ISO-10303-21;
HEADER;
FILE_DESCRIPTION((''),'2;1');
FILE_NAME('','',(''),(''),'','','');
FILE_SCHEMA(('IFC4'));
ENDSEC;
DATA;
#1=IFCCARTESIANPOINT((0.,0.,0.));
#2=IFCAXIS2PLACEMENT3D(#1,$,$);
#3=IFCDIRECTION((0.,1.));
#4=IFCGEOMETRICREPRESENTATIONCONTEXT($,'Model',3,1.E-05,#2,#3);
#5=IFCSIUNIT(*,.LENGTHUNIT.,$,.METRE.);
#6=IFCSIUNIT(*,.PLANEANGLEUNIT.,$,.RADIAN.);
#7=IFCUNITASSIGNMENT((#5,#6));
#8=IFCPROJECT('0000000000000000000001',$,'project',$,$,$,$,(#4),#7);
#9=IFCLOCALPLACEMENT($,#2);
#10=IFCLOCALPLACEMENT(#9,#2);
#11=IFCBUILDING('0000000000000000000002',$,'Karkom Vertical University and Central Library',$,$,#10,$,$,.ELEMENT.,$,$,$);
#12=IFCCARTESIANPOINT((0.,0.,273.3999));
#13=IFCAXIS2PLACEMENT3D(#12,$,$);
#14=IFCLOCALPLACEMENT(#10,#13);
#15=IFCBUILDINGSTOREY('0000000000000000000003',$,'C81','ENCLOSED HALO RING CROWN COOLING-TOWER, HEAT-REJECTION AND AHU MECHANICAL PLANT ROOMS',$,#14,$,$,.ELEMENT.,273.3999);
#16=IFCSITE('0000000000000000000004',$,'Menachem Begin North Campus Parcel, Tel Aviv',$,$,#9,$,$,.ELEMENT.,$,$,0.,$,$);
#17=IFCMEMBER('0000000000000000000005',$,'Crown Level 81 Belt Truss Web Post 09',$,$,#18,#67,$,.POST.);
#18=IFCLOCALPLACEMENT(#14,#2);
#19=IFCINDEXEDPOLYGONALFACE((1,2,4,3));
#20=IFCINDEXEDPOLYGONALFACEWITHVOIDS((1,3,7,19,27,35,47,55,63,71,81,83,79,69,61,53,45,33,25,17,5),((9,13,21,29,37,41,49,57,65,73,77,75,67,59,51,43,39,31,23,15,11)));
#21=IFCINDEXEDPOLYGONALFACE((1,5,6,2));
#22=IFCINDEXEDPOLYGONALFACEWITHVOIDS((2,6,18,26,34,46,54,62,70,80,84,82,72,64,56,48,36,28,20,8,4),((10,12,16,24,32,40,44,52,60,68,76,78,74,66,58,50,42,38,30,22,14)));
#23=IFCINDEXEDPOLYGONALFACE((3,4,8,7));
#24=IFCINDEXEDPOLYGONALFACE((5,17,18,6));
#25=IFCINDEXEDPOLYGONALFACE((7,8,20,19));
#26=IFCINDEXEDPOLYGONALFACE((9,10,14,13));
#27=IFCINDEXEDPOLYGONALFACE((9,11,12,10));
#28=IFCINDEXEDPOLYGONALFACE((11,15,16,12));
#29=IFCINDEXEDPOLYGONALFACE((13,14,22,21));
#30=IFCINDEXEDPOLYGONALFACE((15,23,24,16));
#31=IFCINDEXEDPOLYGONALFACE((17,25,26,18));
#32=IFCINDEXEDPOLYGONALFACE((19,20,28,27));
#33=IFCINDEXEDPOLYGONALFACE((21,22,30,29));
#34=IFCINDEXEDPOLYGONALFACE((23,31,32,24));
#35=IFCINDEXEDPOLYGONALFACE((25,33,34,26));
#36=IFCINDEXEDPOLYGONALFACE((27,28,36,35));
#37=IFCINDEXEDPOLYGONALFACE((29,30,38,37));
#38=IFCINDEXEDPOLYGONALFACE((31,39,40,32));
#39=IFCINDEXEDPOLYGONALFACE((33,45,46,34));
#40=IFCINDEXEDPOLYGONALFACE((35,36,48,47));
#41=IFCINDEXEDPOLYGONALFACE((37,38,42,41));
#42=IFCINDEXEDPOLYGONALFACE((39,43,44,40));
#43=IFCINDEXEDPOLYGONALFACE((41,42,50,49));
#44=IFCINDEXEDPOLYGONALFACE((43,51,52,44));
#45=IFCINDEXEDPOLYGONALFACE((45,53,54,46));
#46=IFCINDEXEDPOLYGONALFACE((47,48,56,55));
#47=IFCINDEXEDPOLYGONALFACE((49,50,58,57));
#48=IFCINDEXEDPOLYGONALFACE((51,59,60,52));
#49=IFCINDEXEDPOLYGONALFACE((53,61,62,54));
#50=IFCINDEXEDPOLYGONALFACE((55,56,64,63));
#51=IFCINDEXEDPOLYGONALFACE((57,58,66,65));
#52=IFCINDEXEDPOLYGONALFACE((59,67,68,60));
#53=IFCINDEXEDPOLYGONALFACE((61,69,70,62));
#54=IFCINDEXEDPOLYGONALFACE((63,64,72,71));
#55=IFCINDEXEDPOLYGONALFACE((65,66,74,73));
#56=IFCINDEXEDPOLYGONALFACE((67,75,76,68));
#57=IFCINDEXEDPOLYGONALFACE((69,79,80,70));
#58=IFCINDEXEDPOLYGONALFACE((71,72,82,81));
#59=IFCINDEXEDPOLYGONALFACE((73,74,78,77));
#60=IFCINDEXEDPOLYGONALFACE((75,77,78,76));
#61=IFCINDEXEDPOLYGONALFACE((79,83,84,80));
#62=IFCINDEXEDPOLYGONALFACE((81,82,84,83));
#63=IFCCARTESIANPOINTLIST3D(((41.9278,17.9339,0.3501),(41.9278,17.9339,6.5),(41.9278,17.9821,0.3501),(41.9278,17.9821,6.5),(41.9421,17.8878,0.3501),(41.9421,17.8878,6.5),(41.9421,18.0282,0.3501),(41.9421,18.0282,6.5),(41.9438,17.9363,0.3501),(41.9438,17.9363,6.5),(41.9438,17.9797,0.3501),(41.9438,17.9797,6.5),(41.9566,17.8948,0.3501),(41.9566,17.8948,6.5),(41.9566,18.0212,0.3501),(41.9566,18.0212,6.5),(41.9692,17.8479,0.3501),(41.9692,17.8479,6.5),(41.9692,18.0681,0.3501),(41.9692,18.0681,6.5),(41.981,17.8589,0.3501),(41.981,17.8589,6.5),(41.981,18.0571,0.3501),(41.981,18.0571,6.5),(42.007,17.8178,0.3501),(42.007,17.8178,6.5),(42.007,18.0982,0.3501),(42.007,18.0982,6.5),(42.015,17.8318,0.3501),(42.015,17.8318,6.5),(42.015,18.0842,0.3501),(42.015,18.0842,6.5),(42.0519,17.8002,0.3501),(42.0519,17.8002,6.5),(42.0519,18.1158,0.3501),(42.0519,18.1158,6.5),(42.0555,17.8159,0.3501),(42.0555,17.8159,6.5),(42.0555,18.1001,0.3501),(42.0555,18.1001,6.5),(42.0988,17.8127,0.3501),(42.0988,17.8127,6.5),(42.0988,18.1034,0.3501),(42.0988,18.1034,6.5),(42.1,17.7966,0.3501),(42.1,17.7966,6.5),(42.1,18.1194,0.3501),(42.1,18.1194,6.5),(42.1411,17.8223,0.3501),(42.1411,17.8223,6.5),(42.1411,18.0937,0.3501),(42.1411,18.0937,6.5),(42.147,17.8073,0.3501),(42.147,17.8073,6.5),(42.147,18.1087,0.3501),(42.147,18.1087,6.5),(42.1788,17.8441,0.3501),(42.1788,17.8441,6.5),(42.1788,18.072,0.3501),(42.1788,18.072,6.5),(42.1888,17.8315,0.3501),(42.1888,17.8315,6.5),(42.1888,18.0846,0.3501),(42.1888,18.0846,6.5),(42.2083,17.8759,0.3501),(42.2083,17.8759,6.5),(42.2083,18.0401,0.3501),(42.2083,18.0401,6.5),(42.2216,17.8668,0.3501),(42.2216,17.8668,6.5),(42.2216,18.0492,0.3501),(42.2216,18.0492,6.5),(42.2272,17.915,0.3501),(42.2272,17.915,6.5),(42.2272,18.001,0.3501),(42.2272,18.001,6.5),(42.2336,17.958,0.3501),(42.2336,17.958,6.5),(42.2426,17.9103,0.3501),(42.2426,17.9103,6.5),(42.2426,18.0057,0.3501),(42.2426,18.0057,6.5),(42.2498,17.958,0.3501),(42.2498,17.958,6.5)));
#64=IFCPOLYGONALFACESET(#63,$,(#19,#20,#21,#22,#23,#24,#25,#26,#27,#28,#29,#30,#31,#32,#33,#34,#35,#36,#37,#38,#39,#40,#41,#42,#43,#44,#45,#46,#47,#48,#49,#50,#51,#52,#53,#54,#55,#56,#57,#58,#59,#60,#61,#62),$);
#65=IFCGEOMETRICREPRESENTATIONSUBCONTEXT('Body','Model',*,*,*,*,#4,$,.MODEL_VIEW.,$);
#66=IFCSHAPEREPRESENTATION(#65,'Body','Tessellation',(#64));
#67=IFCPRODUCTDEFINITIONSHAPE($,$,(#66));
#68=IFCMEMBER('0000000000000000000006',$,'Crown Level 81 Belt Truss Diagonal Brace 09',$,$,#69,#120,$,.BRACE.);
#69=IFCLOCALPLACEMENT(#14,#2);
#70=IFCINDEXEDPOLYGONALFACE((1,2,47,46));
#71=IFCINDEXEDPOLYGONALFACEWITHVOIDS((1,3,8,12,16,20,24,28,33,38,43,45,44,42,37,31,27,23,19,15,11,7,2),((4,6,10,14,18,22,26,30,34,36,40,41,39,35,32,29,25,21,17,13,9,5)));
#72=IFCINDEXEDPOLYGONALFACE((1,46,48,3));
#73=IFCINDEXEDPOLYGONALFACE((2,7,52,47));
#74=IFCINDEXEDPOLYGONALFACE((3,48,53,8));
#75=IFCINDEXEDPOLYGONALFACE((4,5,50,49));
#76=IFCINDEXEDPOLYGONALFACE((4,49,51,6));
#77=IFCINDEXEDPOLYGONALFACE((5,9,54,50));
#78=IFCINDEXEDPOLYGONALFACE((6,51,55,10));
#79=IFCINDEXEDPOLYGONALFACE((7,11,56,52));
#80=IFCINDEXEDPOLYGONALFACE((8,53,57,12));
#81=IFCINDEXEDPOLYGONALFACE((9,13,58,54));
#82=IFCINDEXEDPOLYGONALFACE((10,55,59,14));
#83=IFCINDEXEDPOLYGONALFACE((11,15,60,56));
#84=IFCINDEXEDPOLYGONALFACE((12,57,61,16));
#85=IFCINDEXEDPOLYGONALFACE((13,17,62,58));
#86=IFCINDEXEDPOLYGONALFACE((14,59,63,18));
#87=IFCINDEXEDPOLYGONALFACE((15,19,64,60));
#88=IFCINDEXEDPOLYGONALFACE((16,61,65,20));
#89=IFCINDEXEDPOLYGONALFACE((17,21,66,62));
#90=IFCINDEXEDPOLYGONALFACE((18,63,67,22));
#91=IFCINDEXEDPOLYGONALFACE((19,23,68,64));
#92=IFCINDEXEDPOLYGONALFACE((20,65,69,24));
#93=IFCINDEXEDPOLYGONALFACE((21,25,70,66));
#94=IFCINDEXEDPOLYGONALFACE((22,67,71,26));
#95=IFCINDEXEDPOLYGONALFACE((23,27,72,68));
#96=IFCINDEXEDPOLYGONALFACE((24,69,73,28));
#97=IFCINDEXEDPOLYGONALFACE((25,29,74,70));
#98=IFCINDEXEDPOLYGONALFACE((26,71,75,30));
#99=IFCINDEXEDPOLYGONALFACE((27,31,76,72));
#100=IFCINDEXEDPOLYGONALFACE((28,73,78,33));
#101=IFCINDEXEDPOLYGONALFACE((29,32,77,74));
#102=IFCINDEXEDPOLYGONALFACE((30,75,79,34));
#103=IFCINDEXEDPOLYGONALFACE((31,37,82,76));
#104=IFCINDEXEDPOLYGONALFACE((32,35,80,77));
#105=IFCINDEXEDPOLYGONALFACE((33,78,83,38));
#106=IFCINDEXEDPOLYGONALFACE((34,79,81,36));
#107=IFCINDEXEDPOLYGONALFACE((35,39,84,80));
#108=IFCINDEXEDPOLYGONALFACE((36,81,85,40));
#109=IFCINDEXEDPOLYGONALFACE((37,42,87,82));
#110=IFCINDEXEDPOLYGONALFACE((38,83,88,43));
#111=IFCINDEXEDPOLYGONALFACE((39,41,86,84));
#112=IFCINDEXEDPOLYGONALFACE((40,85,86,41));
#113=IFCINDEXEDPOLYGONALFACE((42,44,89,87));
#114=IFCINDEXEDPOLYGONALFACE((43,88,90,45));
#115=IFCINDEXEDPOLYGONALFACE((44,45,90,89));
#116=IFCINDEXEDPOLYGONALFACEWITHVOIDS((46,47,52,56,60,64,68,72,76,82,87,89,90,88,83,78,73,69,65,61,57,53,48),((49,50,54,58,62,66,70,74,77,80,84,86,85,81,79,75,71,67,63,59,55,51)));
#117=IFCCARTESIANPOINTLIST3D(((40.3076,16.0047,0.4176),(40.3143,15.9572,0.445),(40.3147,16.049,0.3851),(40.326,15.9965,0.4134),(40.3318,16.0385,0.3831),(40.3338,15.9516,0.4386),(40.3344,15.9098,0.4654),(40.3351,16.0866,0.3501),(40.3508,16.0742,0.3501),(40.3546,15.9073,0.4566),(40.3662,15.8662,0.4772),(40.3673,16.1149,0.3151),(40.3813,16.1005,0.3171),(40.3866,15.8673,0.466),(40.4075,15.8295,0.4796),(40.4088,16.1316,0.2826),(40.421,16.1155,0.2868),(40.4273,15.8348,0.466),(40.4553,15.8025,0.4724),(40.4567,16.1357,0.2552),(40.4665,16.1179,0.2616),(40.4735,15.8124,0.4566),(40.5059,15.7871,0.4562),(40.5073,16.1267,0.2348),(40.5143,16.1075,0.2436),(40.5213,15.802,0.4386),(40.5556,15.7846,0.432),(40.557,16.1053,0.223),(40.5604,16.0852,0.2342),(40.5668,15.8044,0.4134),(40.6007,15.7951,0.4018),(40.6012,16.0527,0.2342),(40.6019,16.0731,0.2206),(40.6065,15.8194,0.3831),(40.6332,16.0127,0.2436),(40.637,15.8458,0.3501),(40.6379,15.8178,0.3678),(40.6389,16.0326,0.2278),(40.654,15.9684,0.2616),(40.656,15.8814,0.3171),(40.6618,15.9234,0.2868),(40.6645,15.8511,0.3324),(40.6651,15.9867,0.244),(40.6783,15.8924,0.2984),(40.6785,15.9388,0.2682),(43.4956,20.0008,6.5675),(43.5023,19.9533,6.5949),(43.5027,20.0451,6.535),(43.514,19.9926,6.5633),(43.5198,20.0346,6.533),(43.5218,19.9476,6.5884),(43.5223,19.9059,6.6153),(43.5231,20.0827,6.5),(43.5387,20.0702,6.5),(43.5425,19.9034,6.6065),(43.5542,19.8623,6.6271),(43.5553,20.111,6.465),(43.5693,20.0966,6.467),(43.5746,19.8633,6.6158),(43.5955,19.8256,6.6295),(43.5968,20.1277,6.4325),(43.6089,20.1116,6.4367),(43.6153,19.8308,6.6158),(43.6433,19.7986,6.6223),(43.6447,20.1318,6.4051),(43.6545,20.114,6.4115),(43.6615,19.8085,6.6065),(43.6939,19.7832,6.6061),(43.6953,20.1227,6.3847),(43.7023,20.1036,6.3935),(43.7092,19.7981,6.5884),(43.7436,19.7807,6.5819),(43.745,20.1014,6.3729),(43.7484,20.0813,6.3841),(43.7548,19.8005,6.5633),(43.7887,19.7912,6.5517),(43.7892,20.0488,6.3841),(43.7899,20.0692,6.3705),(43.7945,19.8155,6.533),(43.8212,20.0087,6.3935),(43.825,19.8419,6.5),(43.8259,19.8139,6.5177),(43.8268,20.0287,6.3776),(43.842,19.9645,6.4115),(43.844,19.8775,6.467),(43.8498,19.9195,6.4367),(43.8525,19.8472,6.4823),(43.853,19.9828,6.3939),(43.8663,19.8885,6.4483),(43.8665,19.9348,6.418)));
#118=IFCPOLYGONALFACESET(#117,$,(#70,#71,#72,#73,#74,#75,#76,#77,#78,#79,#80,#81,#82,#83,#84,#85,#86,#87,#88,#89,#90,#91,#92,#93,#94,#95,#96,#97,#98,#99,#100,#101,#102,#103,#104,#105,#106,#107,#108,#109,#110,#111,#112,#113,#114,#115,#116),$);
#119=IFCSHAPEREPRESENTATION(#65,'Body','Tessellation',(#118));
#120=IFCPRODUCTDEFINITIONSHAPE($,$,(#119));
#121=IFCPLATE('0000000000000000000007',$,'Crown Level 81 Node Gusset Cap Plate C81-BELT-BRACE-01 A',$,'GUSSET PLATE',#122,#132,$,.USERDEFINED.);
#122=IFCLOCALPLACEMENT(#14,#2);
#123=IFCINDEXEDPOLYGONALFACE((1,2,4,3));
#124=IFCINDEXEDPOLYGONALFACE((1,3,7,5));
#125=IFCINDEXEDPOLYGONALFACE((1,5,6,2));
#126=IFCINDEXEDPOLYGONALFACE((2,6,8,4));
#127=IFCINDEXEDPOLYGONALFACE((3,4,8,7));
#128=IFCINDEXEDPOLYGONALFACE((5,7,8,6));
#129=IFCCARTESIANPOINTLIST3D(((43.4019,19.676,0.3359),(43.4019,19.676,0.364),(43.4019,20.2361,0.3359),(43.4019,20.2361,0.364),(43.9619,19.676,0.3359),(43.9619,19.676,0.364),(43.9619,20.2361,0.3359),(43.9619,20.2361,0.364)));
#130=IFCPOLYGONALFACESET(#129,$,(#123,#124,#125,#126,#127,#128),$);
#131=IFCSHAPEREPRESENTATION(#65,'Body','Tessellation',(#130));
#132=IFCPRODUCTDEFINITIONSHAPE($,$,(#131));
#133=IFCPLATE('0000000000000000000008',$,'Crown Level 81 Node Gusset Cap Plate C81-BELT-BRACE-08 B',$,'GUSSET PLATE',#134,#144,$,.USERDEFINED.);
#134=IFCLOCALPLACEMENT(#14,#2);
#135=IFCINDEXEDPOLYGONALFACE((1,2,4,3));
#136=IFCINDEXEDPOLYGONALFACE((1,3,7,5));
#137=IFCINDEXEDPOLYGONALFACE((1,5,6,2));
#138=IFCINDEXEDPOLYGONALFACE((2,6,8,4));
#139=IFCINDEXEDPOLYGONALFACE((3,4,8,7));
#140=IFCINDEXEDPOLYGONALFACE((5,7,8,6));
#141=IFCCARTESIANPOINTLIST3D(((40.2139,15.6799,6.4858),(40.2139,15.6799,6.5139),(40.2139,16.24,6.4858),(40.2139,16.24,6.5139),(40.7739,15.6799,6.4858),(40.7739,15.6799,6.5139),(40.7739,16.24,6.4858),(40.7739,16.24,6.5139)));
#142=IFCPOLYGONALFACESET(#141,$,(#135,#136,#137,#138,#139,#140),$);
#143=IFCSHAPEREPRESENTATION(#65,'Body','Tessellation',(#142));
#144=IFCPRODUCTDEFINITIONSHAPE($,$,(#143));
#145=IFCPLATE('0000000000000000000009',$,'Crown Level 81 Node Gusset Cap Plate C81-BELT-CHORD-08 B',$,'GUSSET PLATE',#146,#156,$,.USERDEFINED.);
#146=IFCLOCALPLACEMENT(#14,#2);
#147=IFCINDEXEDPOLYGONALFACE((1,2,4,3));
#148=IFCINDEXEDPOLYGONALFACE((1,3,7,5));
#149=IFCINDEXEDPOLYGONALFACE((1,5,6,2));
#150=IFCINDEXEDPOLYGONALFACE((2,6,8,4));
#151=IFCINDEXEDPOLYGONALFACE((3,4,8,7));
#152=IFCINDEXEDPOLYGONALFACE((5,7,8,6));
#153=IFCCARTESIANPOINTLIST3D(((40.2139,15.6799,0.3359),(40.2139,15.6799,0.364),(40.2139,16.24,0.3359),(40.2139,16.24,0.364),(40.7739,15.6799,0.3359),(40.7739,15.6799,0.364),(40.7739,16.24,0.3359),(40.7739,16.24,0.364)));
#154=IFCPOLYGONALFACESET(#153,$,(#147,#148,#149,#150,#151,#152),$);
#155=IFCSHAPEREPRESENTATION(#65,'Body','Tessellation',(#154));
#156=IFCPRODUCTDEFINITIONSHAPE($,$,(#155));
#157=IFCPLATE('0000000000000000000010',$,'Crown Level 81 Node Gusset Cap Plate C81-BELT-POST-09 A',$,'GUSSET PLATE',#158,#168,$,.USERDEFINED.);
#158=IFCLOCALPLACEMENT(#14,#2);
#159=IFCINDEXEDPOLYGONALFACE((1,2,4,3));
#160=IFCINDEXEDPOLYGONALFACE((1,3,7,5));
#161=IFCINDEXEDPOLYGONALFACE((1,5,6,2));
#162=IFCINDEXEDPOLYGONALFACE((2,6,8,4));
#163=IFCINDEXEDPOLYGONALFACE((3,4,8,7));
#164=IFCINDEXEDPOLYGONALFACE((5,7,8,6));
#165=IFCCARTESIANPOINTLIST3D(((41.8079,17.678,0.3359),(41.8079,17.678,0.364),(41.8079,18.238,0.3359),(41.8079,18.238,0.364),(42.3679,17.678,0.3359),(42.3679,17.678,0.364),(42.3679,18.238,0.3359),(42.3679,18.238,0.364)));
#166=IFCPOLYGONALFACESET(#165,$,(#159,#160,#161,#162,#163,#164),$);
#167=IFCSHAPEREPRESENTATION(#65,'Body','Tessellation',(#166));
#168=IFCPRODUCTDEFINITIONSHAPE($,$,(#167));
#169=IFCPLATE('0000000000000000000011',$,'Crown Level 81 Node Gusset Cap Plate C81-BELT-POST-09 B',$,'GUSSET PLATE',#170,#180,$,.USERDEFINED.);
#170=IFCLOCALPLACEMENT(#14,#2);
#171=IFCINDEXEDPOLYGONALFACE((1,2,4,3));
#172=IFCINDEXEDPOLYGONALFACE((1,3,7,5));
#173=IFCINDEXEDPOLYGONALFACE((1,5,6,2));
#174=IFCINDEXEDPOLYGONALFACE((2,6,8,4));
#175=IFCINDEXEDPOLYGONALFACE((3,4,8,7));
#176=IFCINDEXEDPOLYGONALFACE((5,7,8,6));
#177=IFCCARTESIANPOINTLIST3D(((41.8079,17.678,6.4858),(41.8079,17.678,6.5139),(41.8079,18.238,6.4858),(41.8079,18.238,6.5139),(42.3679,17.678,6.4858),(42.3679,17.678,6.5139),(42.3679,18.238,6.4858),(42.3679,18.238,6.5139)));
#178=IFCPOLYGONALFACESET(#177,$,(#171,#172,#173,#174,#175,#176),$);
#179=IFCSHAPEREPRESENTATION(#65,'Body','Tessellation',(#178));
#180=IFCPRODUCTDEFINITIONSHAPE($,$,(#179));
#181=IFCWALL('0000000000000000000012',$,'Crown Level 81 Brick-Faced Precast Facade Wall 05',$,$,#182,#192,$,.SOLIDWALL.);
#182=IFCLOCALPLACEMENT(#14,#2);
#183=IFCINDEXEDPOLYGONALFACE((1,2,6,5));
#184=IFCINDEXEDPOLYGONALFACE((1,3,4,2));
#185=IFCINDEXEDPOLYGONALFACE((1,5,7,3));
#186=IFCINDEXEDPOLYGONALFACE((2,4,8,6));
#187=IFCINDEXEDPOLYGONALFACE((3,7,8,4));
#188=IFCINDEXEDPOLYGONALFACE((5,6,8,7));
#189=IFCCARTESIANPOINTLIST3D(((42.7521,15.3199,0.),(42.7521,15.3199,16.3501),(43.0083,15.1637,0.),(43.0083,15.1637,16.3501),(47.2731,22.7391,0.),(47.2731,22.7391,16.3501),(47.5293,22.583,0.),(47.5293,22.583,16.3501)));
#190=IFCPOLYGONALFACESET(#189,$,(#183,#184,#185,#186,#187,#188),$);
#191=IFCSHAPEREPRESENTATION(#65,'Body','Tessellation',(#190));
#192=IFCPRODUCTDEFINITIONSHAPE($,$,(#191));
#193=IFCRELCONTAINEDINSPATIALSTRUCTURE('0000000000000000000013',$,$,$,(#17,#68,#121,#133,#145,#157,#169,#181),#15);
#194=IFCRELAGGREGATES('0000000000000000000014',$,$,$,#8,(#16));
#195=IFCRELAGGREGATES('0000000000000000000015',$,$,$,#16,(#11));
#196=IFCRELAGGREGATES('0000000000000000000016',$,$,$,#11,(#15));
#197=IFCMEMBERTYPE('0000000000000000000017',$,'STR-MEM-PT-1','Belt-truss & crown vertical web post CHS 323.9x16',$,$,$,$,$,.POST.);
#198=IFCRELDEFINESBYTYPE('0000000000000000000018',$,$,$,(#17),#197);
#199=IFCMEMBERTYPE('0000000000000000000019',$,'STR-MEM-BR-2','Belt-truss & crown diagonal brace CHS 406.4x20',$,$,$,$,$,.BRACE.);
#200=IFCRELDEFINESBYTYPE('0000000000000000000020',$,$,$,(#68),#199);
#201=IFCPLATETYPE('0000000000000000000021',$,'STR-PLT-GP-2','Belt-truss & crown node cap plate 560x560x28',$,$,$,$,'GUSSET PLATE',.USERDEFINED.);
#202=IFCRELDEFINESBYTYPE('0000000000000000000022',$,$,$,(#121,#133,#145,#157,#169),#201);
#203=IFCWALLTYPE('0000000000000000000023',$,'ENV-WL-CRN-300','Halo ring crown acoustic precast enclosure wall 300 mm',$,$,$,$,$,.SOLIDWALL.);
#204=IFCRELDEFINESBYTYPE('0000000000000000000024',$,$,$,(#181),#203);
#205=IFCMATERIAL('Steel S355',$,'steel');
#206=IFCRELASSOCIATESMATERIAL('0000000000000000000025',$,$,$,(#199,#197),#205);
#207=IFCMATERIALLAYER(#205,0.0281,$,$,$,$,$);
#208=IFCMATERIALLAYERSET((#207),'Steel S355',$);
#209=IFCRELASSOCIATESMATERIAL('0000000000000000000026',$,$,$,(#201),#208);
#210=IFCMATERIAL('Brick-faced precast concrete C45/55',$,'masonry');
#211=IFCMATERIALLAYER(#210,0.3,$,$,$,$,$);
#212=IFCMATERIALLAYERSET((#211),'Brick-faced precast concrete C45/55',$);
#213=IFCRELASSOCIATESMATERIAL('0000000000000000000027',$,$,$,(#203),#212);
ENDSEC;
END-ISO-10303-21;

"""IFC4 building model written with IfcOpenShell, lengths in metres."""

from ifc_helpers import new_model, si_unit, direction, frame, frame_2d, origin, origin_with_axes, origin_2d, place, context, subcontext, project, spatial, rectangle, hollow_circle, extrude, source, transform, mapped, material, layer, layer_set, material_profile, profile_set, type_object, element, save


model = new_model("IFC4")

# Units and contexts
model_context = context("Model", 3, precision=1e-05, world=origin(), true_north=direction((0.0, 1.0)))
body_context = subcontext(model_context, "Body", "Model", "MODEL_VIEW")
ifc_project = project(units=[si_unit("LENGTHUNIT", "METRE"), si_unit("PLANEANGLEUNIT", "RADIAN")], contexts=[model_context])

# Site, building, storey
site_placement = place(None, origin())
site = spatial("IfcSite", under=ifc_project, at=site_placement, Name="Menachem Begin North Campus Parcel, Tel Aviv", CompositionType="ELEMENT", RefElevation=0.0)
building_placement = place(site_placement, origin())
building = spatial("IfcBuilding", under=site, at=building_placement, Name="Karkom Vertical University and Central Library", CompositionType="ELEMENT")
storey_placement = place(building_placement, frame((0.0, 0.0, 273.3999)))
storey = spatial("IfcBuildingStorey", under=building, at=storey_placement, Name="C81", Description="ENCLOSED HALO RING CROWN COOLING-TOWER, HEAT-REJECTION AND AHU MECHANICAL PLANT ROOMS", CompositionType="ELEMENT", Elevation=273.3999)

# Shared definitions
ifc_material_1 = material(Name="Steel S355", Category="steel")

# Members
ifc_material_profile_1 = material_profile(ifc_material_1, hollow_circle(Radius=0.2031, WallThickness=0.02, at=origin_2d()), Name="CHS 406.4x20")
ifc_profile_set_1 = profile_set([ifc_material_profile_1], Name="Steel S355")
member_type_1 = type_object("IfcMemberType", Name="STR-MEM-BR-2", Description="Belt-truss & crown diagonal brace CHS 406.4x20", PredefinedType="BRACE", material=ifc_profile_set_1)
ifc_material_profile_2 = material_profile(ifc_material_1, hollow_circle(Radius=0.1619, WallThickness=0.0161, at=origin_2d()), Name="CHS 323.9x16")
ifc_profile_set_2 = profile_set([ifc_material_profile_2], Name="Steel S355")
member_type_2 = type_object("IfcMemberType", Name="STR-MEM-PT-1", Description="Belt-truss & crown vertical web post CHS 323.9x16", PredefinedType="POST", material=ifc_profile_set_2)
shared_shape_1 = source(origin_with_axes(), body_context, "Body", "SweptSolid", [
    extrude(hollow_circle(Radius=0.1619, WallThickness=0.0161, at=origin_2d()), origin(), (0.0, 0.0, 1.0), 6.1499),
])
member_1_placement = place(storey_placement, frame((42.0879, 17.958, 0.3501), z_axis=(0.0, 0.0, 1.0), x_axis=(1.0, 0.0, 0.0)))
element("IfcMember", 1, at=member_1_placement, inside=storey, type_object=member_type_2, Name="Crown Level 81 Belt Truss Web Post 09", PredefinedType="POST", context=body_context, shape_type="MappedRepresentation", body=[
    mapped(shared_shape_1, transform((0.0, 0.0, 0.0), scale=1.0)),
])
shared_shape_2 = source(origin_with_axes(), body_context, "Body", "SweptSolid", [
    extrude(hollow_circle(Radius=0.2031, WallThickness=0.02, at=origin_2d()), origin(), (0.0, 0.0, 1.0), 7.9971),
])
member_2_placement = place(storey_placement, frame((40.4939, 15.96, 0.3501), z_axis=(0.398644, 0.499694, 0.769018), x_axis=(-0.781716, 0.623634, 0.0)))
element("IfcMember", 2, at=member_2_placement, inside=storey, type_object=member_type_1, Name="Crown Level 81 Belt Truss Diagonal Brace 09", PredefinedType="BRACE", context=body_context, shape_type="MappedRepresentation", body=[
    mapped(shared_shape_2, transform((0.0, 0.0, 0.0), scale=1.0)),
])

# Plates
ifc_layer_1 = layer(ifc_material_1, 0.0281)
ifc_layer_set_1 = layer_set([ifc_layer_1], Name="Steel S355")
plate_type = type_object("IfcPlateType", Name="STR-PLT-GP-2", Description="Belt-truss & crown node cap plate 560x560x28", ElementType="GUSSET PLATE", PredefinedType="USERDEFINED", material=ifc_layer_set_1)
shared_shape_3 = source(origin_with_axes(), body_context, "Body", "SweptSolid", [
    extrude(rectangle(XDim=0.5601, YDim=0.5601, at=origin_2d()), origin(), (0.0, 0.0, 1.0), 0.0281),
])
for number, where, z_axis, x_axis, name in (
    (3, (43.6819, 19.9561, 0.3359), (0.0, 0.0, 1.0), (1.0, 0.0, 0.0), "Crown Level 81 Node Gusset Cap Plate C81-BELT-BRACE-01 A"),
    (4, (40.4939, 15.96, 6.4858), (0.0, 0.0, 1.0), (1.0, 0.0, 0.0), "Crown Level 81 Node Gusset Cap Plate C81-BELT-BRACE-08 B"),
    (5, (40.4939, 15.96, 0.3359), (0.0, 0.0, 1.0), (1.0, 0.0, 0.0), "Crown Level 81 Node Gusset Cap Plate C81-BELT-CHORD-08 B"),
    (6, (42.0879, 17.958, 0.3359), (0.0, 0.0, 1.0), (1.0, 0.0, 0.0), "Crown Level 81 Node Gusset Cap Plate C81-BELT-POST-09 A"),
    (7, (42.0879, 17.958, 6.4858), (0.0, 0.0, 1.0), (1.0, 0.0, 0.0), "Crown Level 81 Node Gusset Cap Plate C81-BELT-POST-09 B"),
):
    element("IfcPlate", number, at=place(storey_placement, frame(where, z_axis=z_axis, x_axis=x_axis)), inside=storey, type_object=plate_type, Name=name, ObjectType="GUSSET PLATE", PredefinedType="USERDEFINED", context=body_context, shape_type="MappedRepresentation", body=[
        mapped(shared_shape_3, transform((0.0, 0.0, 0.0), scale=1.0)),
    ])

# Wall
ifc_material_2 = material(Name="Brick-faced precast concrete C45/55", Category="masonry")
ifc_layer_2 = layer(ifc_material_2, 0.3)
ifc_layer_set_2 = layer_set([ifc_layer_2], Name="Brick-faced precast concrete C45/55")
wall_type_1 = type_object("IfcWallType", Name="ENV-WL-CRN-300", Description="Halo ring crown acoustic precast enclosure wall 300 mm", PredefinedType="SOLIDWALL", material=ifc_layer_set_2)
wall_1_placement = place(storey_placement, frame((42.8801, 15.2417, 0.0), z_axis=(0.0, 0.0, 1.0), x_axis=(0.520364, 0.853945, 0.0)))
element("IfcWall", 8, at=wall_1_placement, inside=storey, type_object=wall_type_1, Name="Crown Level 81 Brick-Faced Precast Facade Wall 05", PredefinedType="SOLIDWALL", context=body_context, shape_type="SweptSolid", body=[
    extrude(rectangle(XDim=8.6882, YDim=0.3, at=frame_2d((4.3442, 0.0))), origin(), (0.0, 0.0, 1.0), 16.3501),
])

save(model, "model.ifc")
